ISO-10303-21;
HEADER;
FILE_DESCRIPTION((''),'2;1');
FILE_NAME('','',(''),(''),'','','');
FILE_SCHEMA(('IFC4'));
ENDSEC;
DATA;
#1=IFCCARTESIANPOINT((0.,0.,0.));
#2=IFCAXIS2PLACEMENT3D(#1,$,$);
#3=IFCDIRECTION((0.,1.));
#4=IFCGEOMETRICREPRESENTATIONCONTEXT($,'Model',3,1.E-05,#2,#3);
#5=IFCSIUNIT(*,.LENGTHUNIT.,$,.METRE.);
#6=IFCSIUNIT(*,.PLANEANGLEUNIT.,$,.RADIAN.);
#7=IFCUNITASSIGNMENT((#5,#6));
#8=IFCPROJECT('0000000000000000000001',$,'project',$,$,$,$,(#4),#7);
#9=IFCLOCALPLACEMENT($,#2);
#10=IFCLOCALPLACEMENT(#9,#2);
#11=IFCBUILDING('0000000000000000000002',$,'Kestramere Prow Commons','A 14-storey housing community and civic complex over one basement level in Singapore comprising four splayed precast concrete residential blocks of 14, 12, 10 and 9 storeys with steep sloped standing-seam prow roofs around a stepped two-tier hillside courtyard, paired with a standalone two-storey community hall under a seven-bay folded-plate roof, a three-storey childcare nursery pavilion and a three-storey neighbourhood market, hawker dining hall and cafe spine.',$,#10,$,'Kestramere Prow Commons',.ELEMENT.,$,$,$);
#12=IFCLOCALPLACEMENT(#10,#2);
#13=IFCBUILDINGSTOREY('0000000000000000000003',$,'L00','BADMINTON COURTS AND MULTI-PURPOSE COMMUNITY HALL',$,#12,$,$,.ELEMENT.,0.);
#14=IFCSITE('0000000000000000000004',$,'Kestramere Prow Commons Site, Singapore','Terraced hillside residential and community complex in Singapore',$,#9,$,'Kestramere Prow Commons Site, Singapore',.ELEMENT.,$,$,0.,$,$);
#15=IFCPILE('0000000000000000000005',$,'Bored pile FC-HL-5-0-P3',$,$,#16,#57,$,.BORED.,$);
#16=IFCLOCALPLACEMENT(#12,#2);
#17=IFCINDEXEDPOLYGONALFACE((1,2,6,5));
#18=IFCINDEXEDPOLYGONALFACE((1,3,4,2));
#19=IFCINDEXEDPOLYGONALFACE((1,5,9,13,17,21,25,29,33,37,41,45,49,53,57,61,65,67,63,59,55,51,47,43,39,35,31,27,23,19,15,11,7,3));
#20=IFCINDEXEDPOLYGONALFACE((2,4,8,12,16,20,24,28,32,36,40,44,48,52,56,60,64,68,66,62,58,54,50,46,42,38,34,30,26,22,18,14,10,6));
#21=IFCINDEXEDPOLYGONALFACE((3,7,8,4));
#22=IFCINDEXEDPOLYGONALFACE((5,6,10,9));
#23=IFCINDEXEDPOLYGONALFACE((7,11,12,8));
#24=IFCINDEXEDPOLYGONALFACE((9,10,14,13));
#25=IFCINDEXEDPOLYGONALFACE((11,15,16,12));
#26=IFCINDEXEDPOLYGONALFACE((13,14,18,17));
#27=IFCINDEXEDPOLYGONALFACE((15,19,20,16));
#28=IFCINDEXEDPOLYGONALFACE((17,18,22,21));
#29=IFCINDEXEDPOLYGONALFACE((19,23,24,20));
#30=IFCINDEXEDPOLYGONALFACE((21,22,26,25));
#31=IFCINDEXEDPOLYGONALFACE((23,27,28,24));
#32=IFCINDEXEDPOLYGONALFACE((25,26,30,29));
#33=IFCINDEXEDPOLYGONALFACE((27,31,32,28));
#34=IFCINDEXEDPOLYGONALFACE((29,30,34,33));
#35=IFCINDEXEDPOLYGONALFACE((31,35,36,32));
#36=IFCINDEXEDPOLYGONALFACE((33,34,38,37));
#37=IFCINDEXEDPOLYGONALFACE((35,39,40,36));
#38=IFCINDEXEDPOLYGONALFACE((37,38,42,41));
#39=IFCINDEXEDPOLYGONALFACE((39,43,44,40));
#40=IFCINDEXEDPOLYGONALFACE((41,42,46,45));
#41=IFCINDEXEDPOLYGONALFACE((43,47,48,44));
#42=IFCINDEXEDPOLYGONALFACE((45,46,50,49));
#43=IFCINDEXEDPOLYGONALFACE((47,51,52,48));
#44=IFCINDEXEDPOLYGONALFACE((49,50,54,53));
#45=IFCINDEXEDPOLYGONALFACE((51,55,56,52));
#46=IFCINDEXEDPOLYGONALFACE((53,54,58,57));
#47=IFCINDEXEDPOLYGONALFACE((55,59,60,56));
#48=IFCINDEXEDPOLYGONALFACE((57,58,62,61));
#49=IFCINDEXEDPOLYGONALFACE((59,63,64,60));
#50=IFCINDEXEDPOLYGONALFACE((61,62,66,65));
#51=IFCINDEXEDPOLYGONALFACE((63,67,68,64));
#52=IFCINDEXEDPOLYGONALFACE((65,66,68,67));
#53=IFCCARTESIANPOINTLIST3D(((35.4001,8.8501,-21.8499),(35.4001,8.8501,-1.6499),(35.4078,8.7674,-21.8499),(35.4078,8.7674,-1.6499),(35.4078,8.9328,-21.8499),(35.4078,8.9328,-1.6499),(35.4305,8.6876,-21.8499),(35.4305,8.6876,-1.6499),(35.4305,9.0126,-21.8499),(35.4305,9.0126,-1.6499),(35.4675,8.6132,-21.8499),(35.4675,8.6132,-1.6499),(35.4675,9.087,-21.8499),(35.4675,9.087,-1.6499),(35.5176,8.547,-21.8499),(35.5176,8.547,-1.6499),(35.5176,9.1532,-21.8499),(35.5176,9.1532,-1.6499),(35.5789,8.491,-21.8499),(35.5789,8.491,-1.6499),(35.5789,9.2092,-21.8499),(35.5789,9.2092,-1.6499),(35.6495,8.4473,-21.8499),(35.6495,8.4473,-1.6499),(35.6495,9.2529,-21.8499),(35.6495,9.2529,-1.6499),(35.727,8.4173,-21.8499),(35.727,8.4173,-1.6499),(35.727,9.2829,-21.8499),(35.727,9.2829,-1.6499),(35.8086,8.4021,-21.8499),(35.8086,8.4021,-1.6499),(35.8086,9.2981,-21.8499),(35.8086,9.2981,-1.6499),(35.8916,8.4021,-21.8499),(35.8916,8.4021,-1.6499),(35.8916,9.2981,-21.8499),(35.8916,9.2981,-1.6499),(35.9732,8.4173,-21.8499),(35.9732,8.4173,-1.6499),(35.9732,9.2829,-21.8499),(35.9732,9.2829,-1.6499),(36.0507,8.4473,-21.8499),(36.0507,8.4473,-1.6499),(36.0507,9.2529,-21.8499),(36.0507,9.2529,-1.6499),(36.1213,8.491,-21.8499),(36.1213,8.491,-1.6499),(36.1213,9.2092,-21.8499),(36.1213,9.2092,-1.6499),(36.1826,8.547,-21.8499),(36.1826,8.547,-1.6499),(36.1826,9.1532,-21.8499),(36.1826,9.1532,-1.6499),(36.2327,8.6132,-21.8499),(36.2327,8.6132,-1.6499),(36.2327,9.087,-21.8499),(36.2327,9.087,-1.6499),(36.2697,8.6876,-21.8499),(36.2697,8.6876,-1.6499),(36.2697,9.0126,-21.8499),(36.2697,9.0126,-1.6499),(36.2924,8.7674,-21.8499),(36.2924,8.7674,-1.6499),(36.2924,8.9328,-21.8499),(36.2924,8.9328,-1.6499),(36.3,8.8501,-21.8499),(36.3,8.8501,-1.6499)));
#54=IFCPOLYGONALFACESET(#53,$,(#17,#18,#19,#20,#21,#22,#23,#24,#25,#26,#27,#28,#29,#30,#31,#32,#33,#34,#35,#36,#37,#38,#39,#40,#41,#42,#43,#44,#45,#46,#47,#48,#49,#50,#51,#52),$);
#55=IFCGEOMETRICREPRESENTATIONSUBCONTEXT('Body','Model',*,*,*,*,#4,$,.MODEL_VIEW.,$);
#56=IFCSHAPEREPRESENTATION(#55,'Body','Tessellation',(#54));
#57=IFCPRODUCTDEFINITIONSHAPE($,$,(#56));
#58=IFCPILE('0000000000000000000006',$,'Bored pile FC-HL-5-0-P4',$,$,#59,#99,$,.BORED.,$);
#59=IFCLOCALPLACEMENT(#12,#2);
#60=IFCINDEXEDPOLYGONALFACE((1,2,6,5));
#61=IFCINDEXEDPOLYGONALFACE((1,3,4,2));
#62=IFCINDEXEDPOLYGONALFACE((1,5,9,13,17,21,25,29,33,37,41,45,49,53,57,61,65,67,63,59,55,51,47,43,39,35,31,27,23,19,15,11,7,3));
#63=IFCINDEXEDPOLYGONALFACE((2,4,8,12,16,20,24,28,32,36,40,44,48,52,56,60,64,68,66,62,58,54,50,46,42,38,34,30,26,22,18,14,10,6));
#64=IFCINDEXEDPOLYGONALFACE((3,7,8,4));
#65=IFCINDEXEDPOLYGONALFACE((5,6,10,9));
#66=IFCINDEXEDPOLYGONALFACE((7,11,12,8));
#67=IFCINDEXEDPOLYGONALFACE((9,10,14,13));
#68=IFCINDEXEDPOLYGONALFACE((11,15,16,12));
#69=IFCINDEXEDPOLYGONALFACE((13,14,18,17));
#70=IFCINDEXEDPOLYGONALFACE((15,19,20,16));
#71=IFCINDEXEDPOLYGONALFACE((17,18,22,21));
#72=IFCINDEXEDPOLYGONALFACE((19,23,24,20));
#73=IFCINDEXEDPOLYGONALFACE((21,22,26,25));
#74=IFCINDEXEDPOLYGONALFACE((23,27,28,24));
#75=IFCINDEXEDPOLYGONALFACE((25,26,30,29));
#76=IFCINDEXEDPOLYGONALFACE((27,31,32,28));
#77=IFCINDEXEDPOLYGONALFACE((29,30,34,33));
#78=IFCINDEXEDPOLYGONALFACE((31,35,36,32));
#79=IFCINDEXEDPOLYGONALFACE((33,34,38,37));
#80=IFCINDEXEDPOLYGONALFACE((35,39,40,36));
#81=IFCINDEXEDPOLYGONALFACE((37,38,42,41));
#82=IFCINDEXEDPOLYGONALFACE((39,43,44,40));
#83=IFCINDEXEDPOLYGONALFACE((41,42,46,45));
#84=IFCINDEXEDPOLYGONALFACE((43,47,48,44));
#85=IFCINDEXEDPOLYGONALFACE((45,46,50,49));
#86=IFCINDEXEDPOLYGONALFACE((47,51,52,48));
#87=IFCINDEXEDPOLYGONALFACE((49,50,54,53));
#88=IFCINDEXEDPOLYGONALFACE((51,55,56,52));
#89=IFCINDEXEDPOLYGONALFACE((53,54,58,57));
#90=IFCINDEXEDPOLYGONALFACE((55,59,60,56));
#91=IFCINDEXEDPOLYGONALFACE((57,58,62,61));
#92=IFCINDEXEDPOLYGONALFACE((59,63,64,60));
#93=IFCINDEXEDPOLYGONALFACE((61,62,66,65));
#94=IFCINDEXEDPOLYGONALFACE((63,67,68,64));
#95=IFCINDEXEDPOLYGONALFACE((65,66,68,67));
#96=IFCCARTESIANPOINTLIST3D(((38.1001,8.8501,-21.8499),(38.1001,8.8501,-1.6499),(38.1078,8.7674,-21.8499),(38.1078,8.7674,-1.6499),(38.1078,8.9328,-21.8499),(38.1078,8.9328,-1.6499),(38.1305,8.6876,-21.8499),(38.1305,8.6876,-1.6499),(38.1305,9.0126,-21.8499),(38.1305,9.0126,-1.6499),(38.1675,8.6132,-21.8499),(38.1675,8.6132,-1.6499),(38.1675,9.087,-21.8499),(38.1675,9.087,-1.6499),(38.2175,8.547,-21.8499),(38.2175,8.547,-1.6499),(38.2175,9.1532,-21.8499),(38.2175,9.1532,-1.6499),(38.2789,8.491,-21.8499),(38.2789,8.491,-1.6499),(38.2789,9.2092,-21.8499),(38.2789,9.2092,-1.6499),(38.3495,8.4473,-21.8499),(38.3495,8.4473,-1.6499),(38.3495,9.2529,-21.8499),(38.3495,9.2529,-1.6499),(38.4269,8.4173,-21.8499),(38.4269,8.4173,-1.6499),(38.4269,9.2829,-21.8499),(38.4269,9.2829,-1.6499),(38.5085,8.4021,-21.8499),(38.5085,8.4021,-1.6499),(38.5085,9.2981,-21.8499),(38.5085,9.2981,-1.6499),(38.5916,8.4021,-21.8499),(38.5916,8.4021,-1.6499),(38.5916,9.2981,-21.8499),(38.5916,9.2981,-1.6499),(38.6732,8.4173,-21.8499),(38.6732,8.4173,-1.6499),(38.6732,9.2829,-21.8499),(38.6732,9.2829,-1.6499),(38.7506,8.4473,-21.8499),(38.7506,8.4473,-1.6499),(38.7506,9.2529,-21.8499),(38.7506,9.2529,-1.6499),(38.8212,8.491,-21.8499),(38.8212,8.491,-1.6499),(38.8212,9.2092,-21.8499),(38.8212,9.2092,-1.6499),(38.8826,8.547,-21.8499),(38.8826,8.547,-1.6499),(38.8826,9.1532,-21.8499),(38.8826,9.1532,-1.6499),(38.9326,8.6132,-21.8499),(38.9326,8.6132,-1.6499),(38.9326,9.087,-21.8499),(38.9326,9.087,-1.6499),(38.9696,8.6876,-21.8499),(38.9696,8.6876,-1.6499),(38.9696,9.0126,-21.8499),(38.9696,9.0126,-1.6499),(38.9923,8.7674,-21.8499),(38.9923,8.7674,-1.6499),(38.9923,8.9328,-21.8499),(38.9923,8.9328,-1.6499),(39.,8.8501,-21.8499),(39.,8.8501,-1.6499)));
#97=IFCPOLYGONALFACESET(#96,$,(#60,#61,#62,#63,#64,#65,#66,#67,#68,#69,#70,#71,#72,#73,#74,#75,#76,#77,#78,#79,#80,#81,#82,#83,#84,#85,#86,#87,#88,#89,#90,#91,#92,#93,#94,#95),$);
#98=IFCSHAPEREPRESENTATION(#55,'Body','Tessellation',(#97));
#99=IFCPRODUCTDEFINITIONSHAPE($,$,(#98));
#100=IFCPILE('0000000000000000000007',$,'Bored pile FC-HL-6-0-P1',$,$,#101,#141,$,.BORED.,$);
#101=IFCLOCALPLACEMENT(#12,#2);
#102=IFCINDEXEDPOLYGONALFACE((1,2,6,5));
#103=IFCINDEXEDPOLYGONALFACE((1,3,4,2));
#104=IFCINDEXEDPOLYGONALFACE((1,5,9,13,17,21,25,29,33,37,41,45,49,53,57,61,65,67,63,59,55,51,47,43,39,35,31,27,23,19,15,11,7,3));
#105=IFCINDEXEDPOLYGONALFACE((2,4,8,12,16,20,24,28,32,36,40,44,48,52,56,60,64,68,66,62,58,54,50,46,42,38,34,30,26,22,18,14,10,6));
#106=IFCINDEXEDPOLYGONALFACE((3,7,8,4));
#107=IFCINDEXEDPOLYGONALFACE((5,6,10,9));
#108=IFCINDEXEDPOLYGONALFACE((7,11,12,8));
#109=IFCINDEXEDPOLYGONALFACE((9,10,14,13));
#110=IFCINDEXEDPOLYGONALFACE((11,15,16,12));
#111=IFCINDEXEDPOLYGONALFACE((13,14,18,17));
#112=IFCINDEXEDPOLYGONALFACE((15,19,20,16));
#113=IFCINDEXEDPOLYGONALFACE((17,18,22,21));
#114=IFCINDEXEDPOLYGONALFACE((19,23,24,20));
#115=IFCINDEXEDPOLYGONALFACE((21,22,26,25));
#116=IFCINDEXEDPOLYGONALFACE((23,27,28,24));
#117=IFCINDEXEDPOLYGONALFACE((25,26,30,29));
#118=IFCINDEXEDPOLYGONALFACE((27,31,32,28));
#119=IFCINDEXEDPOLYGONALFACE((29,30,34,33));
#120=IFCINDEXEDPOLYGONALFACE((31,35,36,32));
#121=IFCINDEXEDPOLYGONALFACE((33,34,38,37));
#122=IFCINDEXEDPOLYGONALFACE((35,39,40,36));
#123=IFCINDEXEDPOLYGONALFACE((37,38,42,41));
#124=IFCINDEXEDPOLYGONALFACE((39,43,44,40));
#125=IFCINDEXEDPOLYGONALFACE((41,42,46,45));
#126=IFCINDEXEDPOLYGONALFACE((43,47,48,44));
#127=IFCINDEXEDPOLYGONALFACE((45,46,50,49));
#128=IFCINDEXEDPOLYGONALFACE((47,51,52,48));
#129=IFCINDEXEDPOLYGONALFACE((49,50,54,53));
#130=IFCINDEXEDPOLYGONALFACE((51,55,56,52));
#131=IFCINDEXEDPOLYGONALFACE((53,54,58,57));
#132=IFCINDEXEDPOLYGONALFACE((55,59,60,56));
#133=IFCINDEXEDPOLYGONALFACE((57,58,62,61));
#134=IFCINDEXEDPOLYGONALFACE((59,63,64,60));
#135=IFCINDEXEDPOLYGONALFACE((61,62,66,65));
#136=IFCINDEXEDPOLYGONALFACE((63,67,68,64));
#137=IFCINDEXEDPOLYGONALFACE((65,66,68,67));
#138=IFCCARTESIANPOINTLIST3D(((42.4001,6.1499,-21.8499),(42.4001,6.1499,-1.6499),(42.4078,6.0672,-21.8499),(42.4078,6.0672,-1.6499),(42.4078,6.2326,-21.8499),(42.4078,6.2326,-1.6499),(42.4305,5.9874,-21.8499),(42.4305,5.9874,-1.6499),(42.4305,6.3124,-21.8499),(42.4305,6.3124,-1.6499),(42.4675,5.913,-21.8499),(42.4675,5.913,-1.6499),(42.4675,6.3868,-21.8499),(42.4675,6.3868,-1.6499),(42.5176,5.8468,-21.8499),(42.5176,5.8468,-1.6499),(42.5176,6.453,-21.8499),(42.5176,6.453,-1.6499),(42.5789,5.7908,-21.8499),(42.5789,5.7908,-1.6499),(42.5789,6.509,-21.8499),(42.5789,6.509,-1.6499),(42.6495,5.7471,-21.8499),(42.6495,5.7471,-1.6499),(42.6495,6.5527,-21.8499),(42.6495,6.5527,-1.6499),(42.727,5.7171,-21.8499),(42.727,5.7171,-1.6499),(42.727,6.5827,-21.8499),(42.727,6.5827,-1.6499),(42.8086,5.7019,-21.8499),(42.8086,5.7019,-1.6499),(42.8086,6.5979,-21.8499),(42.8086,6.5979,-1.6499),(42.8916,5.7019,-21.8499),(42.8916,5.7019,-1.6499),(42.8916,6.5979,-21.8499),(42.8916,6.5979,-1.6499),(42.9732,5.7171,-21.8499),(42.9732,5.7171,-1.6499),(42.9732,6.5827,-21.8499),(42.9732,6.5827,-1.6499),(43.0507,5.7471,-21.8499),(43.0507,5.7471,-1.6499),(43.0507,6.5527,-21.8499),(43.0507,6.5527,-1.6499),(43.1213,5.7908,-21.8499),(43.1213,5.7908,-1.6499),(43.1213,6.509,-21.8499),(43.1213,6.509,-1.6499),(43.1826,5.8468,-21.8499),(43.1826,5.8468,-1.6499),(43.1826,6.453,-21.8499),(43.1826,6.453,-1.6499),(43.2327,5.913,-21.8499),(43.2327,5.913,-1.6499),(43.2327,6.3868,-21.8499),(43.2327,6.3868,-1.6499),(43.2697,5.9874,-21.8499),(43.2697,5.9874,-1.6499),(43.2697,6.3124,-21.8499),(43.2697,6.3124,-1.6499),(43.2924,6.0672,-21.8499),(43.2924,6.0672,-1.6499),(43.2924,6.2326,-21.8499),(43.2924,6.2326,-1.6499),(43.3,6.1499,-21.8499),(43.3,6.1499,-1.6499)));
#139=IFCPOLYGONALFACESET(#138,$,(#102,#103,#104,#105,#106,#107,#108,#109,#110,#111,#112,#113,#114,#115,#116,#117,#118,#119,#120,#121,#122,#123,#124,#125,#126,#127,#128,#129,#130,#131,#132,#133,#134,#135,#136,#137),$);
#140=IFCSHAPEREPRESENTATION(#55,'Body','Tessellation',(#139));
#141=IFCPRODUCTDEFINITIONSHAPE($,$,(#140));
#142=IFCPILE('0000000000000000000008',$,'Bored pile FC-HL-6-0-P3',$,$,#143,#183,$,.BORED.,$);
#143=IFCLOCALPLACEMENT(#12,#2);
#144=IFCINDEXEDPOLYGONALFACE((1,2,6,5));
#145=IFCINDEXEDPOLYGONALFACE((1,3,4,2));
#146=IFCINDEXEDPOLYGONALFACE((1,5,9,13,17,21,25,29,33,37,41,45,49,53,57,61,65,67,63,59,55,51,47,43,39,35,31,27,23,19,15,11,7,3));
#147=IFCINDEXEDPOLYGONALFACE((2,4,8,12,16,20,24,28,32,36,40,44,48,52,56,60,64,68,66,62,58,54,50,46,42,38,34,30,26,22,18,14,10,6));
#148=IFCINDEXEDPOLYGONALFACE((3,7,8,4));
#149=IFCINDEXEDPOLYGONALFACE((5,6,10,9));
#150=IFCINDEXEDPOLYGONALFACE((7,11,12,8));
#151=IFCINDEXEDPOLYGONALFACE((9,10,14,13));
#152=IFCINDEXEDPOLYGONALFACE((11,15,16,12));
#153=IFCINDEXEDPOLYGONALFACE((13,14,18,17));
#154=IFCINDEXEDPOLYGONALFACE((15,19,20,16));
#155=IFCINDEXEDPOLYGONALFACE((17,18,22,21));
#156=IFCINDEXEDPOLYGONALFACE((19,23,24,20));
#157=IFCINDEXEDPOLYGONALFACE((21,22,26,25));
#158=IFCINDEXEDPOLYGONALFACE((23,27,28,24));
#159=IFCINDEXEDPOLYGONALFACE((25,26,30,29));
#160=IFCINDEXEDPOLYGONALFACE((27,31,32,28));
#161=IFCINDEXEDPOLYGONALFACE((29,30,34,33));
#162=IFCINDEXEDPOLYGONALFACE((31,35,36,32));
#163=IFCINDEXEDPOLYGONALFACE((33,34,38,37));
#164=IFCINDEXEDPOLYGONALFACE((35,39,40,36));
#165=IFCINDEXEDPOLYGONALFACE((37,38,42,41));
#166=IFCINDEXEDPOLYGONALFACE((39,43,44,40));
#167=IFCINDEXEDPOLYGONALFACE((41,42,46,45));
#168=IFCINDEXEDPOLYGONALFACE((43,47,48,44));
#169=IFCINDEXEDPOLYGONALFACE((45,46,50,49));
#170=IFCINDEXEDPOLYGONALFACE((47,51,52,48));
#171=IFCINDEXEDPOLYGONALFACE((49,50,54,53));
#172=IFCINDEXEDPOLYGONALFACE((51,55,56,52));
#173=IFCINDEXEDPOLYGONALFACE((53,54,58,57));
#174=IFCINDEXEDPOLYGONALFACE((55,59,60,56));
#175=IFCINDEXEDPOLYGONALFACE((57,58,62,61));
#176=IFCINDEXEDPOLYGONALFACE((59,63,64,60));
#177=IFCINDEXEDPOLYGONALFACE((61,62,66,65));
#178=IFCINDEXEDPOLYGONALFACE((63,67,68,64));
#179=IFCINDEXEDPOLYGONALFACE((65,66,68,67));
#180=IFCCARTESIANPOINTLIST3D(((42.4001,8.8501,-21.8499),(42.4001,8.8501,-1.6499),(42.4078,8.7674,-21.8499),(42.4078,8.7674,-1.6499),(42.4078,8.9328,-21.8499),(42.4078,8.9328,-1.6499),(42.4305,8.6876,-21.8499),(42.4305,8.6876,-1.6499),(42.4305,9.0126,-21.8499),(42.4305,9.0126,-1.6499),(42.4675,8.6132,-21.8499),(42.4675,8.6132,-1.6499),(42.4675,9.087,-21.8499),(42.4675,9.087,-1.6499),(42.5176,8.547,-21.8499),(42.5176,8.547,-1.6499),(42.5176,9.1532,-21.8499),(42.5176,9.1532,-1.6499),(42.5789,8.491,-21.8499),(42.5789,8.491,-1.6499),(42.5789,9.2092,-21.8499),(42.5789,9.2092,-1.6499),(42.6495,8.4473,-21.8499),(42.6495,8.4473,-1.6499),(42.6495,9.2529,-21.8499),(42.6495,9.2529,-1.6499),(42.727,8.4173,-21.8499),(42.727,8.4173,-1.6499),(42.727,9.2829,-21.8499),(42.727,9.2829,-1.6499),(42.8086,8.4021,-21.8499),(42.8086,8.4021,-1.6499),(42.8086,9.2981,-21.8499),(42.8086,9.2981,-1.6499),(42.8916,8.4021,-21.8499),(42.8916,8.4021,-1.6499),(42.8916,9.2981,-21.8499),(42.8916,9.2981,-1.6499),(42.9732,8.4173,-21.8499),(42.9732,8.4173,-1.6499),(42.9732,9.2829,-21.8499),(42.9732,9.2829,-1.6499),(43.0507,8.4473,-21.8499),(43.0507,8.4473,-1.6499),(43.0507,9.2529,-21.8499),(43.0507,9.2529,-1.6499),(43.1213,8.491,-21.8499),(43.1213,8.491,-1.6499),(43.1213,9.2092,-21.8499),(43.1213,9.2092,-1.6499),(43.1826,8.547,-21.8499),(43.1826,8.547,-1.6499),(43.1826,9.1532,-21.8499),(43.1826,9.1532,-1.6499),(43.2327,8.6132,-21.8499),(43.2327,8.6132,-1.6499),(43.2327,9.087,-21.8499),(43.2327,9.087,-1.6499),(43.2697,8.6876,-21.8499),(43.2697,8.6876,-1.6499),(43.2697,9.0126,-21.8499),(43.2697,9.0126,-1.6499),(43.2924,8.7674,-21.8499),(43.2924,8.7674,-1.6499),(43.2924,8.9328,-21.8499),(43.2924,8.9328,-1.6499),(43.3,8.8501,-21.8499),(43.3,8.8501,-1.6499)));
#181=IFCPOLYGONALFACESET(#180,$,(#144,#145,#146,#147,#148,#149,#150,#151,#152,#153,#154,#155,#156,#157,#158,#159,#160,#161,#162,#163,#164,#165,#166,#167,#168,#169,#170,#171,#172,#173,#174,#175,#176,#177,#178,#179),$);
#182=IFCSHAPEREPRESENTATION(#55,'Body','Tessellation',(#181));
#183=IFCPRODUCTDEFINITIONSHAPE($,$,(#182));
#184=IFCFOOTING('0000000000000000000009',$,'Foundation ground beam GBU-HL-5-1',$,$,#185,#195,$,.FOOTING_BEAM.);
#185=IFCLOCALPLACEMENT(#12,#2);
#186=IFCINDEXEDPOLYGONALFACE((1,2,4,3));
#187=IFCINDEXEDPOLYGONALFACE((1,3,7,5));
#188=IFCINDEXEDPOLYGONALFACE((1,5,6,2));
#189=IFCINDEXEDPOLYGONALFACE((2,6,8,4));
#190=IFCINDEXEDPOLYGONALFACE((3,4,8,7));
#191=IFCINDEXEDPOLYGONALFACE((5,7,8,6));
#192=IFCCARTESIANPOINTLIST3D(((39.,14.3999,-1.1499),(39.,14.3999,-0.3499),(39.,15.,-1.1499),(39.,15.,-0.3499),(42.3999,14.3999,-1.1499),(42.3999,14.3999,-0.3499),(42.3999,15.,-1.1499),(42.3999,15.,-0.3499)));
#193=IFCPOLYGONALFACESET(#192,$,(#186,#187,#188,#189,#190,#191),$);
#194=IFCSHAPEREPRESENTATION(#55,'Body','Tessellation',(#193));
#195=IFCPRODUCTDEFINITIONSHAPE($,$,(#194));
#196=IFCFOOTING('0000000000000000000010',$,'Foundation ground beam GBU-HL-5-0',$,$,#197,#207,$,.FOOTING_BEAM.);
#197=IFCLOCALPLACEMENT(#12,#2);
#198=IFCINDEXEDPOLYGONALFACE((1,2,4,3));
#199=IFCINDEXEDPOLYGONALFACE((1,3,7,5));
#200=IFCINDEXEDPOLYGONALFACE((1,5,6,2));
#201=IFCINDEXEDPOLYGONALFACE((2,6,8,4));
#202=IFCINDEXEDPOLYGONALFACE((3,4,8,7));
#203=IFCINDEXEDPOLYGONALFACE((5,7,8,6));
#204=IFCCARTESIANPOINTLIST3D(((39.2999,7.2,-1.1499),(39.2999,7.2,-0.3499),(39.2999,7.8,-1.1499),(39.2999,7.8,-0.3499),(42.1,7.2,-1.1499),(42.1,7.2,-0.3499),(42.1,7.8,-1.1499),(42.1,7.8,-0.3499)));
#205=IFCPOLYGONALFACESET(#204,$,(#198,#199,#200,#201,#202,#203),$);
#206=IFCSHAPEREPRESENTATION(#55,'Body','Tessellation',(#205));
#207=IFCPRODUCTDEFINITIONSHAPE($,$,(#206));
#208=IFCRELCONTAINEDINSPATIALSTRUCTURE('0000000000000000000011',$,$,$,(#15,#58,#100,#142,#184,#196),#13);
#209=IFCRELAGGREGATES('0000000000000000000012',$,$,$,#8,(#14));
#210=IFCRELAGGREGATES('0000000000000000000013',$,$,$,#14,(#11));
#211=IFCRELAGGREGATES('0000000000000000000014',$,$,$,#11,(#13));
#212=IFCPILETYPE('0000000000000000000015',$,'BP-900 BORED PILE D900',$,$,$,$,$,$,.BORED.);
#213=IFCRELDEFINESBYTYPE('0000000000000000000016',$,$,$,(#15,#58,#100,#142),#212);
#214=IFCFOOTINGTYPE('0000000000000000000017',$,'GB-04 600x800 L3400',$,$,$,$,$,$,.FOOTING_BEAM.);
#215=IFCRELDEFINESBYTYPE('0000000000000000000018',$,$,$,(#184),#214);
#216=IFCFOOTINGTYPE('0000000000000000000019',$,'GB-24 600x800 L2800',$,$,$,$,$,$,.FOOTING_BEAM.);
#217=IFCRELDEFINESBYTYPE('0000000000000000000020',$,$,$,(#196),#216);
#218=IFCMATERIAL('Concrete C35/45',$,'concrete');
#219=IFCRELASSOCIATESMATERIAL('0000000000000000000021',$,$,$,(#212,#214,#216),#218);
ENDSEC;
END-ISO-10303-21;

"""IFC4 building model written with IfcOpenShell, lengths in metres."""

from ifc_helpers import new_model, si_unit, direction, frame, origin, origin_2d, place, context, subcontext, project, spatial, rectangle, circle, extrude, material, material_profile, profile_set, type_object, element, save


model = new_model("IFC4")

# Units and contexts
model_context = context("Model", 3, precision=1e-05, world=origin(), true_north=direction((0.0, 1.0)))
body_context = subcontext(model_context, "Body", "Model", "MODEL_VIEW")
ifc_project = project(units=[si_unit("LENGTHUNIT", "METRE"), si_unit("PLANEANGLEUNIT", "RADIAN")], contexts=[model_context])

# Site, building, storey
site_placement = place(None, origin())
site = spatial("IfcSite", under=ifc_project, at=site_placement, Name="Kestramere Prow Commons Site, Singapore", Description="Terraced hillside residential and community complex in Singapore", LongName="Kestramere Prow Commons Site, Singapore", CompositionType="ELEMENT", RefElevation=0.0)
building_placement = place(site_placement, origin())
building = spatial("IfcBuilding", under=site, at=building_placement, Name="Kestramere Prow Commons", Description="A 14-storey housing community and civic complex over one basement level in Singapore comprising four splayed precast concrete residential blocks of 14, 12, 10 and 9 storeys with steep sloped standing-seam prow roofs around a stepped two-tier hillside courtyard, paired with a standalone two-storey community hall under a seven-bay folded-plate roof, a three-storey childcare nursery pavilion and a three-storey neighbourhood market, hawker dining hall and cafe spine.", LongName="Kestramere Prow Commons", CompositionType="ELEMENT")
storey_placement = place(building_placement, origin())
storey = spatial("IfcBuildingStorey", under=building, at=storey_placement, Name="L00", Description="BADMINTON COURTS AND MULTI-PURPOSE COMMUNITY HALL", CompositionType="ELEMENT", Elevation=0.0)

# Piles
ifc_material_1 = material(Name="Concrete C35/45", Category="concrete")
ifc_material_profile_1 = material_profile(ifc_material_1, circle(Radius=0.45, at=origin_2d()), Name="BORED PILE D900")
ifc_profile_set_1 = profile_set([ifc_material_profile_1], Name="Concrete C35/45")
pile_type_1 = type_object("IfcPileType", Name="BP-900 BORED PILE D900", PredefinedType="BORED", material=ifc_profile_set_1)
for number, where, z_axis, x_axis, name in (
    (1, (35.8501, 8.8501, -1.6499), (0.0, 0.0, -1.0), (1.0, 0.0, 0.0), "Bored pile FC-HL-5-0-P3"),
    (2, (38.55, 8.8501, -1.6499), (0.0, 0.0, -1.0), (1.0, 0.0, 0.0), "Bored pile FC-HL-5-0-P4"),
    (3, (42.8501, 6.1499, -1.6499), (0.0, 0.0, -1.0), (1.0, 0.0, 0.0), "Bored pile FC-HL-6-0-P1"),
    (4, (42.8501, 8.8501, -1.6499), (0.0, 0.0, -1.0), (1.0, 0.0, 0.0), "Bored pile FC-HL-6-0-P3"),
):
    element("IfcPile", number, at=place(storey_placement, frame(where, z_axis=z_axis, x_axis=x_axis)), inside=storey, type_object=pile_type_1, Name=name, PredefinedType="BORED", context=body_context, shape_type="SweptSolid", body=[
        extrude(circle(Radius=0.45, at=origin_2d()), origin(), (0.0, 0.0, 1.0), 20.2),
    ])

# Footings
footing_type_1 = type_object("IfcFootingType", Name="GB-04 600x800 L3400", PredefinedType="FOOTING_BEAM", material=ifc_material_1)
footing_1_placement = place(storey_placement, frame((40.7, 14.7, -1.1499), z_axis=(0.0, 0.0, 1.0), x_axis=(1.0, 0.0, 0.0)))
element("IfcFooting", 5, at=footing_1_placement, inside=storey, type_object=footing_type_1, Name="Foundation ground beam GBU-HL-5-1", PredefinedType="FOOTING_BEAM", context=body_context, shape_type="SweptSolid", body=[
    extrude(rectangle(XDim=3.3999, YDim=0.6001, at=origin_2d()), origin(), (0.0, 0.0, 1.0), 0.8),
])
footing_type_2 = type_object("IfcFootingType", Name="GB-24 600x800 L2800", PredefinedType="FOOTING_BEAM", material=ifc_material_1)
footing_2_placement = place(storey_placement, frame((40.7, 7.5, -1.1499), z_axis=(0.0, 0.0, 1.0), x_axis=(1.0, 0.0, 0.0)))
element("IfcFooting", 6, at=footing_2_placement, inside=storey, type_object=footing_type_2, Name="Foundation ground beam GBU-HL-5-0", PredefinedType="FOOTING_BEAM", context=body_context, shape_type="SweptSolid", body=[
    extrude(rectangle(XDim=2.8, YDim=0.6001, at=origin_2d()), origin(), (0.0, 0.0, 1.0), 0.8),
])

save(model, "model.ifc")
